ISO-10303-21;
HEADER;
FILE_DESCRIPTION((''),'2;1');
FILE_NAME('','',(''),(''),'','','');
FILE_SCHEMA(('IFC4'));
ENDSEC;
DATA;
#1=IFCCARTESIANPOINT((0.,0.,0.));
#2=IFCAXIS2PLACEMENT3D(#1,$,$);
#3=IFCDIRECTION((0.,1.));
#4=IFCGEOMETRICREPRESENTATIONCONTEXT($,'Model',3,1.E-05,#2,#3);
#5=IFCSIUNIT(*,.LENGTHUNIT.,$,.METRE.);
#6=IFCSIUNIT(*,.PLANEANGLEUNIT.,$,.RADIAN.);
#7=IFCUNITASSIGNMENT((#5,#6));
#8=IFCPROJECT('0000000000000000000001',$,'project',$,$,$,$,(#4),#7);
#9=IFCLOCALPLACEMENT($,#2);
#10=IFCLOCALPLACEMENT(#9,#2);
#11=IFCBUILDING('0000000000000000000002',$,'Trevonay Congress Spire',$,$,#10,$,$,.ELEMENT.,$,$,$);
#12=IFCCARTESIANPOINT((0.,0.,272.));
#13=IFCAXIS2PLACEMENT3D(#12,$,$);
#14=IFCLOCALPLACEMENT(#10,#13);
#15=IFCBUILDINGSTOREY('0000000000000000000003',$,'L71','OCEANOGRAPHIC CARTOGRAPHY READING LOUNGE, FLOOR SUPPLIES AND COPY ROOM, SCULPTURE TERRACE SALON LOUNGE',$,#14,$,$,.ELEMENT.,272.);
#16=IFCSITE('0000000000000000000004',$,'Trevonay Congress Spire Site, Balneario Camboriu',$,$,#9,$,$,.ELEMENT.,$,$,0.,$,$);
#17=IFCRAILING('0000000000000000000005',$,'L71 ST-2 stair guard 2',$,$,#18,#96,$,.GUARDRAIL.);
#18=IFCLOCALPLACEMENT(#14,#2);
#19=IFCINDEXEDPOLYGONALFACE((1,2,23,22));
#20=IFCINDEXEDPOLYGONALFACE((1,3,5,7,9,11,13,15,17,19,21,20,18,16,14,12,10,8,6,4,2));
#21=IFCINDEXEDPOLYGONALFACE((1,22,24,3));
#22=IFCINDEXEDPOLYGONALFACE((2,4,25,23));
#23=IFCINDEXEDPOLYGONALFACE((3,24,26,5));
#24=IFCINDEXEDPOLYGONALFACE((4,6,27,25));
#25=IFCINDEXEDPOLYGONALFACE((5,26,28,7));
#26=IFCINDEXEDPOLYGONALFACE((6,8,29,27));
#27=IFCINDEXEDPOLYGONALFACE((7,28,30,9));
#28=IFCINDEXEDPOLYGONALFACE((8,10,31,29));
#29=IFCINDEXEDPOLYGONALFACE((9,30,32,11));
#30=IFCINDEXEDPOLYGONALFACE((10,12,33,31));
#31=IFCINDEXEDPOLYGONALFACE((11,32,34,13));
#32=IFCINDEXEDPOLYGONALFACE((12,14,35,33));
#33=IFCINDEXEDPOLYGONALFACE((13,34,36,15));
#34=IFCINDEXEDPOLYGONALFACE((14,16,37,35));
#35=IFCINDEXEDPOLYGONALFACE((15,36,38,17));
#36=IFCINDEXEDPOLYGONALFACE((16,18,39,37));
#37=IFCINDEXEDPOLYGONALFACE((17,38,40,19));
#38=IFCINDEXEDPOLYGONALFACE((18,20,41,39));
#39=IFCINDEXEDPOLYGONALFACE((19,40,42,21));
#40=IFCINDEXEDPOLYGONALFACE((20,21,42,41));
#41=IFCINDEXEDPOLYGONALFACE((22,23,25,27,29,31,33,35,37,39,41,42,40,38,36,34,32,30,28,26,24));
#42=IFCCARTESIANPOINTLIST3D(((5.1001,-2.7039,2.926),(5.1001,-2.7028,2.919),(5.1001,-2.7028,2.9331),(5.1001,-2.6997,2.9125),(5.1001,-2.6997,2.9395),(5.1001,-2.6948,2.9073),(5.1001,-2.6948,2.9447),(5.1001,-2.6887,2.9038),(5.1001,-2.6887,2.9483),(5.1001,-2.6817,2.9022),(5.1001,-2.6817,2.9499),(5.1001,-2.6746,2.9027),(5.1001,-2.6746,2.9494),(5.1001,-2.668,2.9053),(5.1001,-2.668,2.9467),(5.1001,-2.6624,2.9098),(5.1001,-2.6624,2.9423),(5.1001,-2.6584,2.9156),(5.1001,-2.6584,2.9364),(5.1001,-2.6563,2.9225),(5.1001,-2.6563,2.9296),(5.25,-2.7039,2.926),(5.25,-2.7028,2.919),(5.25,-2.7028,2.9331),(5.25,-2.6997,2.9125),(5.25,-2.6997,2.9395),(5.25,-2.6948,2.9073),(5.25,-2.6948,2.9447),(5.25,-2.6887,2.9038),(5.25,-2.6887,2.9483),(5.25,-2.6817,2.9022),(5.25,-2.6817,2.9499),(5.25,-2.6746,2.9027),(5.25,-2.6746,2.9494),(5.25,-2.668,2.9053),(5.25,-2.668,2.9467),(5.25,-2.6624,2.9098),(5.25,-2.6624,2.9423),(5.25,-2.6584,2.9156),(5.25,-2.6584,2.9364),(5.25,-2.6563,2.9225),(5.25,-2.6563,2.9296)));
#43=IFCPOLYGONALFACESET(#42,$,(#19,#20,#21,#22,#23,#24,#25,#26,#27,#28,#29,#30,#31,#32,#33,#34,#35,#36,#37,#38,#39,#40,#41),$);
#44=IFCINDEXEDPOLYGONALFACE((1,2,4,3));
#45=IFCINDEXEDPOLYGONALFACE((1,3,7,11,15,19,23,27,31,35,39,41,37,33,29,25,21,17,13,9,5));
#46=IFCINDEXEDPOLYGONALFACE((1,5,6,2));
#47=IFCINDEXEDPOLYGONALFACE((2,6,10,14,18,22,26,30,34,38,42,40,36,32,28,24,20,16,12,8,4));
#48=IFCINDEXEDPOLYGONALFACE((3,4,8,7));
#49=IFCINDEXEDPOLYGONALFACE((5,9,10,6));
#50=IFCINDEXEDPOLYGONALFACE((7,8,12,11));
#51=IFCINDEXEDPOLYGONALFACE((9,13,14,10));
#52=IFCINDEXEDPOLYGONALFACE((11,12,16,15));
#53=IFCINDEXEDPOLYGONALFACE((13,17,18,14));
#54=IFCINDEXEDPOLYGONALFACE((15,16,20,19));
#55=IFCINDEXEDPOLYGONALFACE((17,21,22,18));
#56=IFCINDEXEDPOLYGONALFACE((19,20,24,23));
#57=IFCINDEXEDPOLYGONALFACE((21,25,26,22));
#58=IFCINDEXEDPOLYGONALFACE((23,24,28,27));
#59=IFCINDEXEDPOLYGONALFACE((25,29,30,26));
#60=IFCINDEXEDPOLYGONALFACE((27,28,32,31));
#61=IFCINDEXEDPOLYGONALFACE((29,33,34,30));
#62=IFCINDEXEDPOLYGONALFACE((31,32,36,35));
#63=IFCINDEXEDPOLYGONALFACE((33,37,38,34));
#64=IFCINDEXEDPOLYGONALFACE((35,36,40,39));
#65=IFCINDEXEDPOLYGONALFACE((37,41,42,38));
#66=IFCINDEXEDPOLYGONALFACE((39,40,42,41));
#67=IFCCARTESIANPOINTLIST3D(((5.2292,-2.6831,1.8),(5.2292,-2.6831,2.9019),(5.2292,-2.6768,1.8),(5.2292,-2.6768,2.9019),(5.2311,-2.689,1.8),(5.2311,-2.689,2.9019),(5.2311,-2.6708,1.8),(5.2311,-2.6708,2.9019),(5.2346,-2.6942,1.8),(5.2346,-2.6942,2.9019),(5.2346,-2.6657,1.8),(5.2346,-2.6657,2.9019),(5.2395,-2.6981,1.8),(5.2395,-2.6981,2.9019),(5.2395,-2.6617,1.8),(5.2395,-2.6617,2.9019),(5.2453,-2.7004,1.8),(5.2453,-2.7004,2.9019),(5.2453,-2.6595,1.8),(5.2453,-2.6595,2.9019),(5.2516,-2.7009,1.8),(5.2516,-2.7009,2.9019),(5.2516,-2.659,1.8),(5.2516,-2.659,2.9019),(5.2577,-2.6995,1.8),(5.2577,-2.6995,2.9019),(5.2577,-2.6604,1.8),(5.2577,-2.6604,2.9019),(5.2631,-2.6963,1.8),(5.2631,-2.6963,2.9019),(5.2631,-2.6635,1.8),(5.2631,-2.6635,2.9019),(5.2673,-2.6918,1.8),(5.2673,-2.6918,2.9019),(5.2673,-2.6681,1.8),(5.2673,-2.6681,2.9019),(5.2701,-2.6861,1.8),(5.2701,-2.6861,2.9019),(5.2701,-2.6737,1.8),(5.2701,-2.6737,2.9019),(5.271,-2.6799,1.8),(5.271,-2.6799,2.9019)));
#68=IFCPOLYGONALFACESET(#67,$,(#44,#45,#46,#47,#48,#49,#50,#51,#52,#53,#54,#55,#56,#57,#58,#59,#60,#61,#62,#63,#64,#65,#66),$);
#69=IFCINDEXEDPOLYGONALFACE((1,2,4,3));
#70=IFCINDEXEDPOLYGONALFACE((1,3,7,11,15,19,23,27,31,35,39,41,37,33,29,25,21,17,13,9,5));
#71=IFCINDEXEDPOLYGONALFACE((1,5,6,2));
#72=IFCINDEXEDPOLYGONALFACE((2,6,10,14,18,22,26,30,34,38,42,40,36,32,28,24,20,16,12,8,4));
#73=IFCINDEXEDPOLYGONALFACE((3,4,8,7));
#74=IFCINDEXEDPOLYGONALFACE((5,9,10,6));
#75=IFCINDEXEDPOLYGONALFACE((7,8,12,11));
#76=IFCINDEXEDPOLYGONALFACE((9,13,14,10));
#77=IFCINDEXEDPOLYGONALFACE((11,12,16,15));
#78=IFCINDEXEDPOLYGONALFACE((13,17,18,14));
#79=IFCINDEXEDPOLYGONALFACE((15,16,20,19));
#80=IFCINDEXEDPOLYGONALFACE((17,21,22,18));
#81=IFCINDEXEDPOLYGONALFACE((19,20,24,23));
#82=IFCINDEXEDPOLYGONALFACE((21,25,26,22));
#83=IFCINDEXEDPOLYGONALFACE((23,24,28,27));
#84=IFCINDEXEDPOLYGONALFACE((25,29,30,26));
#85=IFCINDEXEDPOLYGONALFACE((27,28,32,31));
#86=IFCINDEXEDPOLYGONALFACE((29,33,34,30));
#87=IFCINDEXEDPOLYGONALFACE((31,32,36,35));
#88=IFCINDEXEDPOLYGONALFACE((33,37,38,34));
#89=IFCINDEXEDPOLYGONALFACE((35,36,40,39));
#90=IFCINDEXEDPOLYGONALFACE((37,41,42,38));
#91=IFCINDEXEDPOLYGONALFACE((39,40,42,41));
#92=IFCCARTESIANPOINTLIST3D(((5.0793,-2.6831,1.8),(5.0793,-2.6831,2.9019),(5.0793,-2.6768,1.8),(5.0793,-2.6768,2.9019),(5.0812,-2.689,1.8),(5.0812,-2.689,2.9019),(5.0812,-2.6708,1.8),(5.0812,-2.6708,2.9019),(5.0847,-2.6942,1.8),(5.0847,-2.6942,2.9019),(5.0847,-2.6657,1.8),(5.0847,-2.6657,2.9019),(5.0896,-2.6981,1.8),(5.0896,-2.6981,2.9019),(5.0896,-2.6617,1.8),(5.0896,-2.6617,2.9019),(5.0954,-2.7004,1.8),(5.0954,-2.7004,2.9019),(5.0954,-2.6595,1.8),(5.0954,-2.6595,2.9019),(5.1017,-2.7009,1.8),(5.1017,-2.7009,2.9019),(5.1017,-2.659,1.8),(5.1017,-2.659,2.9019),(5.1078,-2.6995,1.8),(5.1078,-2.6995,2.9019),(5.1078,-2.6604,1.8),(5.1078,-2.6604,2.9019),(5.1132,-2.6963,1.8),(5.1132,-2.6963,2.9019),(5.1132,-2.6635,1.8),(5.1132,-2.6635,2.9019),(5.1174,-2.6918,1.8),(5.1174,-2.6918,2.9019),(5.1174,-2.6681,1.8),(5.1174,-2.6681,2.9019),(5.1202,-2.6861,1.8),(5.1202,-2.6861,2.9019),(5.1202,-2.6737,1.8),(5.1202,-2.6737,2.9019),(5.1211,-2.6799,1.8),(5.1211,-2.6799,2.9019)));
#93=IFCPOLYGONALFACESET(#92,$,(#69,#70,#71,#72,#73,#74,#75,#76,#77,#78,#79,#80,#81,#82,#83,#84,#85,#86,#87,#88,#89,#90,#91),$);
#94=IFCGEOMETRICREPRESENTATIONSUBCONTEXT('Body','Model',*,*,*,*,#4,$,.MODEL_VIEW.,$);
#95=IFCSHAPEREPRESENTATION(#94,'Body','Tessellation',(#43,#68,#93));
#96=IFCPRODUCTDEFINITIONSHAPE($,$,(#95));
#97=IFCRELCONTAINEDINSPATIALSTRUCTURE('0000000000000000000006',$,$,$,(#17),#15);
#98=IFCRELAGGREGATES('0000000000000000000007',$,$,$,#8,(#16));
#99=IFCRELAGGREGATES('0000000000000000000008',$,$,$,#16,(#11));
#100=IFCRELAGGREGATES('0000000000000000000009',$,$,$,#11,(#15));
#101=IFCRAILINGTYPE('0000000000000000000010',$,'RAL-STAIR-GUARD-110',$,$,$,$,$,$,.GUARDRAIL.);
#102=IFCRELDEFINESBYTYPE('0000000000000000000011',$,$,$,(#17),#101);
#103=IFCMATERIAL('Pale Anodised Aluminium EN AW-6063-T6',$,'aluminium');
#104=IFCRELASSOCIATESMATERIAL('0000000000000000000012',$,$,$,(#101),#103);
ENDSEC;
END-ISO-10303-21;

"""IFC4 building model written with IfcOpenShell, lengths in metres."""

from ifc_helpers import new_model, si_unit, direction, frame, origin, origin_2d, place, context, subcontext, project, spatial, circle, extrude, material, type_object, element, save


model = new_model("IFC4")

# Units and contexts
model_context = context("Model", 3, precision=1e-05, world=origin(), true_north=direction((0.0, 1.0)))
body_context = subcontext(model_context, "Body", "Model", "MODEL_VIEW")
ifc_project = project(units=[si_unit("LENGTHUNIT", "METRE"), si_unit("PLANEANGLEUNIT", "RADIAN")], contexts=[model_context])

# Site, building, storey
site_placement = place(None, origin())
site = spatial("IfcSite", under=ifc_project, at=site_placement, Name="Trevonay Congress Spire Site, Balneario Camboriu", CompositionType="ELEMENT", RefElevation=0.0)
building_placement = place(site_placement, origin())
building = spatial("IfcBuilding", under=site, at=building_placement, Name="Trevonay Congress Spire", CompositionType="ELEMENT")
storey_placement = place(building_placement, frame((0.0, 0.0, 272.0)))
storey = spatial("IfcBuildingStorey", under=building, at=storey_placement, Name="L71", Description="OCEANOGRAPHIC CARTOGRAPHY READING LOUNGE, FLOOR SUPPLIES AND COPY ROOM, SCULPTURE TERRACE SALON LOUNGE", CompositionType="ELEMENT", Elevation=272.0)

# Shared definitions
ifc_material_1 = material(Name="Pale Anodised Aluminium EN AW-6063-T6", Category="aluminium")

# Railing
railing_type_1 = type_object("IfcRailingType", Name="RAL-STAIR-GUARD-110", PredefinedType="GUARDRAIL", material=ifc_material_1)
railing_1_placement = place(storey_placement, frame((5.25, -2.6799, 1.8)))
element("IfcRailing", 1, at=railing_1_placement, inside=storey, type_object=railing_type_1, Name="L71 ST-2 stair guard 2", PredefinedType="GUARDRAIL", context=body_context, shape_type="SweptSolid", body=[
    extrude(circle(Radius=0.0239, at=origin_2d()), frame((0.0, 0.0, 1.126), z_axis=(-1.0, 0.0, 0.0), x_axis=(0.0, -1.0, 0.0)), (0.0, 0.0, 1.0), 0.1499),
    extrude(circle(Radius=0.021, at=origin_2d()), origin(), (0.0, 0.0, 1.0), 1.1018),
    extrude(circle(Radius=0.021, at=origin_2d()), frame((-0.1499, 0.0, 0.0)), (0.0, 0.0, 1.0), 1.1018),
])

save(model, "model.ifc")
